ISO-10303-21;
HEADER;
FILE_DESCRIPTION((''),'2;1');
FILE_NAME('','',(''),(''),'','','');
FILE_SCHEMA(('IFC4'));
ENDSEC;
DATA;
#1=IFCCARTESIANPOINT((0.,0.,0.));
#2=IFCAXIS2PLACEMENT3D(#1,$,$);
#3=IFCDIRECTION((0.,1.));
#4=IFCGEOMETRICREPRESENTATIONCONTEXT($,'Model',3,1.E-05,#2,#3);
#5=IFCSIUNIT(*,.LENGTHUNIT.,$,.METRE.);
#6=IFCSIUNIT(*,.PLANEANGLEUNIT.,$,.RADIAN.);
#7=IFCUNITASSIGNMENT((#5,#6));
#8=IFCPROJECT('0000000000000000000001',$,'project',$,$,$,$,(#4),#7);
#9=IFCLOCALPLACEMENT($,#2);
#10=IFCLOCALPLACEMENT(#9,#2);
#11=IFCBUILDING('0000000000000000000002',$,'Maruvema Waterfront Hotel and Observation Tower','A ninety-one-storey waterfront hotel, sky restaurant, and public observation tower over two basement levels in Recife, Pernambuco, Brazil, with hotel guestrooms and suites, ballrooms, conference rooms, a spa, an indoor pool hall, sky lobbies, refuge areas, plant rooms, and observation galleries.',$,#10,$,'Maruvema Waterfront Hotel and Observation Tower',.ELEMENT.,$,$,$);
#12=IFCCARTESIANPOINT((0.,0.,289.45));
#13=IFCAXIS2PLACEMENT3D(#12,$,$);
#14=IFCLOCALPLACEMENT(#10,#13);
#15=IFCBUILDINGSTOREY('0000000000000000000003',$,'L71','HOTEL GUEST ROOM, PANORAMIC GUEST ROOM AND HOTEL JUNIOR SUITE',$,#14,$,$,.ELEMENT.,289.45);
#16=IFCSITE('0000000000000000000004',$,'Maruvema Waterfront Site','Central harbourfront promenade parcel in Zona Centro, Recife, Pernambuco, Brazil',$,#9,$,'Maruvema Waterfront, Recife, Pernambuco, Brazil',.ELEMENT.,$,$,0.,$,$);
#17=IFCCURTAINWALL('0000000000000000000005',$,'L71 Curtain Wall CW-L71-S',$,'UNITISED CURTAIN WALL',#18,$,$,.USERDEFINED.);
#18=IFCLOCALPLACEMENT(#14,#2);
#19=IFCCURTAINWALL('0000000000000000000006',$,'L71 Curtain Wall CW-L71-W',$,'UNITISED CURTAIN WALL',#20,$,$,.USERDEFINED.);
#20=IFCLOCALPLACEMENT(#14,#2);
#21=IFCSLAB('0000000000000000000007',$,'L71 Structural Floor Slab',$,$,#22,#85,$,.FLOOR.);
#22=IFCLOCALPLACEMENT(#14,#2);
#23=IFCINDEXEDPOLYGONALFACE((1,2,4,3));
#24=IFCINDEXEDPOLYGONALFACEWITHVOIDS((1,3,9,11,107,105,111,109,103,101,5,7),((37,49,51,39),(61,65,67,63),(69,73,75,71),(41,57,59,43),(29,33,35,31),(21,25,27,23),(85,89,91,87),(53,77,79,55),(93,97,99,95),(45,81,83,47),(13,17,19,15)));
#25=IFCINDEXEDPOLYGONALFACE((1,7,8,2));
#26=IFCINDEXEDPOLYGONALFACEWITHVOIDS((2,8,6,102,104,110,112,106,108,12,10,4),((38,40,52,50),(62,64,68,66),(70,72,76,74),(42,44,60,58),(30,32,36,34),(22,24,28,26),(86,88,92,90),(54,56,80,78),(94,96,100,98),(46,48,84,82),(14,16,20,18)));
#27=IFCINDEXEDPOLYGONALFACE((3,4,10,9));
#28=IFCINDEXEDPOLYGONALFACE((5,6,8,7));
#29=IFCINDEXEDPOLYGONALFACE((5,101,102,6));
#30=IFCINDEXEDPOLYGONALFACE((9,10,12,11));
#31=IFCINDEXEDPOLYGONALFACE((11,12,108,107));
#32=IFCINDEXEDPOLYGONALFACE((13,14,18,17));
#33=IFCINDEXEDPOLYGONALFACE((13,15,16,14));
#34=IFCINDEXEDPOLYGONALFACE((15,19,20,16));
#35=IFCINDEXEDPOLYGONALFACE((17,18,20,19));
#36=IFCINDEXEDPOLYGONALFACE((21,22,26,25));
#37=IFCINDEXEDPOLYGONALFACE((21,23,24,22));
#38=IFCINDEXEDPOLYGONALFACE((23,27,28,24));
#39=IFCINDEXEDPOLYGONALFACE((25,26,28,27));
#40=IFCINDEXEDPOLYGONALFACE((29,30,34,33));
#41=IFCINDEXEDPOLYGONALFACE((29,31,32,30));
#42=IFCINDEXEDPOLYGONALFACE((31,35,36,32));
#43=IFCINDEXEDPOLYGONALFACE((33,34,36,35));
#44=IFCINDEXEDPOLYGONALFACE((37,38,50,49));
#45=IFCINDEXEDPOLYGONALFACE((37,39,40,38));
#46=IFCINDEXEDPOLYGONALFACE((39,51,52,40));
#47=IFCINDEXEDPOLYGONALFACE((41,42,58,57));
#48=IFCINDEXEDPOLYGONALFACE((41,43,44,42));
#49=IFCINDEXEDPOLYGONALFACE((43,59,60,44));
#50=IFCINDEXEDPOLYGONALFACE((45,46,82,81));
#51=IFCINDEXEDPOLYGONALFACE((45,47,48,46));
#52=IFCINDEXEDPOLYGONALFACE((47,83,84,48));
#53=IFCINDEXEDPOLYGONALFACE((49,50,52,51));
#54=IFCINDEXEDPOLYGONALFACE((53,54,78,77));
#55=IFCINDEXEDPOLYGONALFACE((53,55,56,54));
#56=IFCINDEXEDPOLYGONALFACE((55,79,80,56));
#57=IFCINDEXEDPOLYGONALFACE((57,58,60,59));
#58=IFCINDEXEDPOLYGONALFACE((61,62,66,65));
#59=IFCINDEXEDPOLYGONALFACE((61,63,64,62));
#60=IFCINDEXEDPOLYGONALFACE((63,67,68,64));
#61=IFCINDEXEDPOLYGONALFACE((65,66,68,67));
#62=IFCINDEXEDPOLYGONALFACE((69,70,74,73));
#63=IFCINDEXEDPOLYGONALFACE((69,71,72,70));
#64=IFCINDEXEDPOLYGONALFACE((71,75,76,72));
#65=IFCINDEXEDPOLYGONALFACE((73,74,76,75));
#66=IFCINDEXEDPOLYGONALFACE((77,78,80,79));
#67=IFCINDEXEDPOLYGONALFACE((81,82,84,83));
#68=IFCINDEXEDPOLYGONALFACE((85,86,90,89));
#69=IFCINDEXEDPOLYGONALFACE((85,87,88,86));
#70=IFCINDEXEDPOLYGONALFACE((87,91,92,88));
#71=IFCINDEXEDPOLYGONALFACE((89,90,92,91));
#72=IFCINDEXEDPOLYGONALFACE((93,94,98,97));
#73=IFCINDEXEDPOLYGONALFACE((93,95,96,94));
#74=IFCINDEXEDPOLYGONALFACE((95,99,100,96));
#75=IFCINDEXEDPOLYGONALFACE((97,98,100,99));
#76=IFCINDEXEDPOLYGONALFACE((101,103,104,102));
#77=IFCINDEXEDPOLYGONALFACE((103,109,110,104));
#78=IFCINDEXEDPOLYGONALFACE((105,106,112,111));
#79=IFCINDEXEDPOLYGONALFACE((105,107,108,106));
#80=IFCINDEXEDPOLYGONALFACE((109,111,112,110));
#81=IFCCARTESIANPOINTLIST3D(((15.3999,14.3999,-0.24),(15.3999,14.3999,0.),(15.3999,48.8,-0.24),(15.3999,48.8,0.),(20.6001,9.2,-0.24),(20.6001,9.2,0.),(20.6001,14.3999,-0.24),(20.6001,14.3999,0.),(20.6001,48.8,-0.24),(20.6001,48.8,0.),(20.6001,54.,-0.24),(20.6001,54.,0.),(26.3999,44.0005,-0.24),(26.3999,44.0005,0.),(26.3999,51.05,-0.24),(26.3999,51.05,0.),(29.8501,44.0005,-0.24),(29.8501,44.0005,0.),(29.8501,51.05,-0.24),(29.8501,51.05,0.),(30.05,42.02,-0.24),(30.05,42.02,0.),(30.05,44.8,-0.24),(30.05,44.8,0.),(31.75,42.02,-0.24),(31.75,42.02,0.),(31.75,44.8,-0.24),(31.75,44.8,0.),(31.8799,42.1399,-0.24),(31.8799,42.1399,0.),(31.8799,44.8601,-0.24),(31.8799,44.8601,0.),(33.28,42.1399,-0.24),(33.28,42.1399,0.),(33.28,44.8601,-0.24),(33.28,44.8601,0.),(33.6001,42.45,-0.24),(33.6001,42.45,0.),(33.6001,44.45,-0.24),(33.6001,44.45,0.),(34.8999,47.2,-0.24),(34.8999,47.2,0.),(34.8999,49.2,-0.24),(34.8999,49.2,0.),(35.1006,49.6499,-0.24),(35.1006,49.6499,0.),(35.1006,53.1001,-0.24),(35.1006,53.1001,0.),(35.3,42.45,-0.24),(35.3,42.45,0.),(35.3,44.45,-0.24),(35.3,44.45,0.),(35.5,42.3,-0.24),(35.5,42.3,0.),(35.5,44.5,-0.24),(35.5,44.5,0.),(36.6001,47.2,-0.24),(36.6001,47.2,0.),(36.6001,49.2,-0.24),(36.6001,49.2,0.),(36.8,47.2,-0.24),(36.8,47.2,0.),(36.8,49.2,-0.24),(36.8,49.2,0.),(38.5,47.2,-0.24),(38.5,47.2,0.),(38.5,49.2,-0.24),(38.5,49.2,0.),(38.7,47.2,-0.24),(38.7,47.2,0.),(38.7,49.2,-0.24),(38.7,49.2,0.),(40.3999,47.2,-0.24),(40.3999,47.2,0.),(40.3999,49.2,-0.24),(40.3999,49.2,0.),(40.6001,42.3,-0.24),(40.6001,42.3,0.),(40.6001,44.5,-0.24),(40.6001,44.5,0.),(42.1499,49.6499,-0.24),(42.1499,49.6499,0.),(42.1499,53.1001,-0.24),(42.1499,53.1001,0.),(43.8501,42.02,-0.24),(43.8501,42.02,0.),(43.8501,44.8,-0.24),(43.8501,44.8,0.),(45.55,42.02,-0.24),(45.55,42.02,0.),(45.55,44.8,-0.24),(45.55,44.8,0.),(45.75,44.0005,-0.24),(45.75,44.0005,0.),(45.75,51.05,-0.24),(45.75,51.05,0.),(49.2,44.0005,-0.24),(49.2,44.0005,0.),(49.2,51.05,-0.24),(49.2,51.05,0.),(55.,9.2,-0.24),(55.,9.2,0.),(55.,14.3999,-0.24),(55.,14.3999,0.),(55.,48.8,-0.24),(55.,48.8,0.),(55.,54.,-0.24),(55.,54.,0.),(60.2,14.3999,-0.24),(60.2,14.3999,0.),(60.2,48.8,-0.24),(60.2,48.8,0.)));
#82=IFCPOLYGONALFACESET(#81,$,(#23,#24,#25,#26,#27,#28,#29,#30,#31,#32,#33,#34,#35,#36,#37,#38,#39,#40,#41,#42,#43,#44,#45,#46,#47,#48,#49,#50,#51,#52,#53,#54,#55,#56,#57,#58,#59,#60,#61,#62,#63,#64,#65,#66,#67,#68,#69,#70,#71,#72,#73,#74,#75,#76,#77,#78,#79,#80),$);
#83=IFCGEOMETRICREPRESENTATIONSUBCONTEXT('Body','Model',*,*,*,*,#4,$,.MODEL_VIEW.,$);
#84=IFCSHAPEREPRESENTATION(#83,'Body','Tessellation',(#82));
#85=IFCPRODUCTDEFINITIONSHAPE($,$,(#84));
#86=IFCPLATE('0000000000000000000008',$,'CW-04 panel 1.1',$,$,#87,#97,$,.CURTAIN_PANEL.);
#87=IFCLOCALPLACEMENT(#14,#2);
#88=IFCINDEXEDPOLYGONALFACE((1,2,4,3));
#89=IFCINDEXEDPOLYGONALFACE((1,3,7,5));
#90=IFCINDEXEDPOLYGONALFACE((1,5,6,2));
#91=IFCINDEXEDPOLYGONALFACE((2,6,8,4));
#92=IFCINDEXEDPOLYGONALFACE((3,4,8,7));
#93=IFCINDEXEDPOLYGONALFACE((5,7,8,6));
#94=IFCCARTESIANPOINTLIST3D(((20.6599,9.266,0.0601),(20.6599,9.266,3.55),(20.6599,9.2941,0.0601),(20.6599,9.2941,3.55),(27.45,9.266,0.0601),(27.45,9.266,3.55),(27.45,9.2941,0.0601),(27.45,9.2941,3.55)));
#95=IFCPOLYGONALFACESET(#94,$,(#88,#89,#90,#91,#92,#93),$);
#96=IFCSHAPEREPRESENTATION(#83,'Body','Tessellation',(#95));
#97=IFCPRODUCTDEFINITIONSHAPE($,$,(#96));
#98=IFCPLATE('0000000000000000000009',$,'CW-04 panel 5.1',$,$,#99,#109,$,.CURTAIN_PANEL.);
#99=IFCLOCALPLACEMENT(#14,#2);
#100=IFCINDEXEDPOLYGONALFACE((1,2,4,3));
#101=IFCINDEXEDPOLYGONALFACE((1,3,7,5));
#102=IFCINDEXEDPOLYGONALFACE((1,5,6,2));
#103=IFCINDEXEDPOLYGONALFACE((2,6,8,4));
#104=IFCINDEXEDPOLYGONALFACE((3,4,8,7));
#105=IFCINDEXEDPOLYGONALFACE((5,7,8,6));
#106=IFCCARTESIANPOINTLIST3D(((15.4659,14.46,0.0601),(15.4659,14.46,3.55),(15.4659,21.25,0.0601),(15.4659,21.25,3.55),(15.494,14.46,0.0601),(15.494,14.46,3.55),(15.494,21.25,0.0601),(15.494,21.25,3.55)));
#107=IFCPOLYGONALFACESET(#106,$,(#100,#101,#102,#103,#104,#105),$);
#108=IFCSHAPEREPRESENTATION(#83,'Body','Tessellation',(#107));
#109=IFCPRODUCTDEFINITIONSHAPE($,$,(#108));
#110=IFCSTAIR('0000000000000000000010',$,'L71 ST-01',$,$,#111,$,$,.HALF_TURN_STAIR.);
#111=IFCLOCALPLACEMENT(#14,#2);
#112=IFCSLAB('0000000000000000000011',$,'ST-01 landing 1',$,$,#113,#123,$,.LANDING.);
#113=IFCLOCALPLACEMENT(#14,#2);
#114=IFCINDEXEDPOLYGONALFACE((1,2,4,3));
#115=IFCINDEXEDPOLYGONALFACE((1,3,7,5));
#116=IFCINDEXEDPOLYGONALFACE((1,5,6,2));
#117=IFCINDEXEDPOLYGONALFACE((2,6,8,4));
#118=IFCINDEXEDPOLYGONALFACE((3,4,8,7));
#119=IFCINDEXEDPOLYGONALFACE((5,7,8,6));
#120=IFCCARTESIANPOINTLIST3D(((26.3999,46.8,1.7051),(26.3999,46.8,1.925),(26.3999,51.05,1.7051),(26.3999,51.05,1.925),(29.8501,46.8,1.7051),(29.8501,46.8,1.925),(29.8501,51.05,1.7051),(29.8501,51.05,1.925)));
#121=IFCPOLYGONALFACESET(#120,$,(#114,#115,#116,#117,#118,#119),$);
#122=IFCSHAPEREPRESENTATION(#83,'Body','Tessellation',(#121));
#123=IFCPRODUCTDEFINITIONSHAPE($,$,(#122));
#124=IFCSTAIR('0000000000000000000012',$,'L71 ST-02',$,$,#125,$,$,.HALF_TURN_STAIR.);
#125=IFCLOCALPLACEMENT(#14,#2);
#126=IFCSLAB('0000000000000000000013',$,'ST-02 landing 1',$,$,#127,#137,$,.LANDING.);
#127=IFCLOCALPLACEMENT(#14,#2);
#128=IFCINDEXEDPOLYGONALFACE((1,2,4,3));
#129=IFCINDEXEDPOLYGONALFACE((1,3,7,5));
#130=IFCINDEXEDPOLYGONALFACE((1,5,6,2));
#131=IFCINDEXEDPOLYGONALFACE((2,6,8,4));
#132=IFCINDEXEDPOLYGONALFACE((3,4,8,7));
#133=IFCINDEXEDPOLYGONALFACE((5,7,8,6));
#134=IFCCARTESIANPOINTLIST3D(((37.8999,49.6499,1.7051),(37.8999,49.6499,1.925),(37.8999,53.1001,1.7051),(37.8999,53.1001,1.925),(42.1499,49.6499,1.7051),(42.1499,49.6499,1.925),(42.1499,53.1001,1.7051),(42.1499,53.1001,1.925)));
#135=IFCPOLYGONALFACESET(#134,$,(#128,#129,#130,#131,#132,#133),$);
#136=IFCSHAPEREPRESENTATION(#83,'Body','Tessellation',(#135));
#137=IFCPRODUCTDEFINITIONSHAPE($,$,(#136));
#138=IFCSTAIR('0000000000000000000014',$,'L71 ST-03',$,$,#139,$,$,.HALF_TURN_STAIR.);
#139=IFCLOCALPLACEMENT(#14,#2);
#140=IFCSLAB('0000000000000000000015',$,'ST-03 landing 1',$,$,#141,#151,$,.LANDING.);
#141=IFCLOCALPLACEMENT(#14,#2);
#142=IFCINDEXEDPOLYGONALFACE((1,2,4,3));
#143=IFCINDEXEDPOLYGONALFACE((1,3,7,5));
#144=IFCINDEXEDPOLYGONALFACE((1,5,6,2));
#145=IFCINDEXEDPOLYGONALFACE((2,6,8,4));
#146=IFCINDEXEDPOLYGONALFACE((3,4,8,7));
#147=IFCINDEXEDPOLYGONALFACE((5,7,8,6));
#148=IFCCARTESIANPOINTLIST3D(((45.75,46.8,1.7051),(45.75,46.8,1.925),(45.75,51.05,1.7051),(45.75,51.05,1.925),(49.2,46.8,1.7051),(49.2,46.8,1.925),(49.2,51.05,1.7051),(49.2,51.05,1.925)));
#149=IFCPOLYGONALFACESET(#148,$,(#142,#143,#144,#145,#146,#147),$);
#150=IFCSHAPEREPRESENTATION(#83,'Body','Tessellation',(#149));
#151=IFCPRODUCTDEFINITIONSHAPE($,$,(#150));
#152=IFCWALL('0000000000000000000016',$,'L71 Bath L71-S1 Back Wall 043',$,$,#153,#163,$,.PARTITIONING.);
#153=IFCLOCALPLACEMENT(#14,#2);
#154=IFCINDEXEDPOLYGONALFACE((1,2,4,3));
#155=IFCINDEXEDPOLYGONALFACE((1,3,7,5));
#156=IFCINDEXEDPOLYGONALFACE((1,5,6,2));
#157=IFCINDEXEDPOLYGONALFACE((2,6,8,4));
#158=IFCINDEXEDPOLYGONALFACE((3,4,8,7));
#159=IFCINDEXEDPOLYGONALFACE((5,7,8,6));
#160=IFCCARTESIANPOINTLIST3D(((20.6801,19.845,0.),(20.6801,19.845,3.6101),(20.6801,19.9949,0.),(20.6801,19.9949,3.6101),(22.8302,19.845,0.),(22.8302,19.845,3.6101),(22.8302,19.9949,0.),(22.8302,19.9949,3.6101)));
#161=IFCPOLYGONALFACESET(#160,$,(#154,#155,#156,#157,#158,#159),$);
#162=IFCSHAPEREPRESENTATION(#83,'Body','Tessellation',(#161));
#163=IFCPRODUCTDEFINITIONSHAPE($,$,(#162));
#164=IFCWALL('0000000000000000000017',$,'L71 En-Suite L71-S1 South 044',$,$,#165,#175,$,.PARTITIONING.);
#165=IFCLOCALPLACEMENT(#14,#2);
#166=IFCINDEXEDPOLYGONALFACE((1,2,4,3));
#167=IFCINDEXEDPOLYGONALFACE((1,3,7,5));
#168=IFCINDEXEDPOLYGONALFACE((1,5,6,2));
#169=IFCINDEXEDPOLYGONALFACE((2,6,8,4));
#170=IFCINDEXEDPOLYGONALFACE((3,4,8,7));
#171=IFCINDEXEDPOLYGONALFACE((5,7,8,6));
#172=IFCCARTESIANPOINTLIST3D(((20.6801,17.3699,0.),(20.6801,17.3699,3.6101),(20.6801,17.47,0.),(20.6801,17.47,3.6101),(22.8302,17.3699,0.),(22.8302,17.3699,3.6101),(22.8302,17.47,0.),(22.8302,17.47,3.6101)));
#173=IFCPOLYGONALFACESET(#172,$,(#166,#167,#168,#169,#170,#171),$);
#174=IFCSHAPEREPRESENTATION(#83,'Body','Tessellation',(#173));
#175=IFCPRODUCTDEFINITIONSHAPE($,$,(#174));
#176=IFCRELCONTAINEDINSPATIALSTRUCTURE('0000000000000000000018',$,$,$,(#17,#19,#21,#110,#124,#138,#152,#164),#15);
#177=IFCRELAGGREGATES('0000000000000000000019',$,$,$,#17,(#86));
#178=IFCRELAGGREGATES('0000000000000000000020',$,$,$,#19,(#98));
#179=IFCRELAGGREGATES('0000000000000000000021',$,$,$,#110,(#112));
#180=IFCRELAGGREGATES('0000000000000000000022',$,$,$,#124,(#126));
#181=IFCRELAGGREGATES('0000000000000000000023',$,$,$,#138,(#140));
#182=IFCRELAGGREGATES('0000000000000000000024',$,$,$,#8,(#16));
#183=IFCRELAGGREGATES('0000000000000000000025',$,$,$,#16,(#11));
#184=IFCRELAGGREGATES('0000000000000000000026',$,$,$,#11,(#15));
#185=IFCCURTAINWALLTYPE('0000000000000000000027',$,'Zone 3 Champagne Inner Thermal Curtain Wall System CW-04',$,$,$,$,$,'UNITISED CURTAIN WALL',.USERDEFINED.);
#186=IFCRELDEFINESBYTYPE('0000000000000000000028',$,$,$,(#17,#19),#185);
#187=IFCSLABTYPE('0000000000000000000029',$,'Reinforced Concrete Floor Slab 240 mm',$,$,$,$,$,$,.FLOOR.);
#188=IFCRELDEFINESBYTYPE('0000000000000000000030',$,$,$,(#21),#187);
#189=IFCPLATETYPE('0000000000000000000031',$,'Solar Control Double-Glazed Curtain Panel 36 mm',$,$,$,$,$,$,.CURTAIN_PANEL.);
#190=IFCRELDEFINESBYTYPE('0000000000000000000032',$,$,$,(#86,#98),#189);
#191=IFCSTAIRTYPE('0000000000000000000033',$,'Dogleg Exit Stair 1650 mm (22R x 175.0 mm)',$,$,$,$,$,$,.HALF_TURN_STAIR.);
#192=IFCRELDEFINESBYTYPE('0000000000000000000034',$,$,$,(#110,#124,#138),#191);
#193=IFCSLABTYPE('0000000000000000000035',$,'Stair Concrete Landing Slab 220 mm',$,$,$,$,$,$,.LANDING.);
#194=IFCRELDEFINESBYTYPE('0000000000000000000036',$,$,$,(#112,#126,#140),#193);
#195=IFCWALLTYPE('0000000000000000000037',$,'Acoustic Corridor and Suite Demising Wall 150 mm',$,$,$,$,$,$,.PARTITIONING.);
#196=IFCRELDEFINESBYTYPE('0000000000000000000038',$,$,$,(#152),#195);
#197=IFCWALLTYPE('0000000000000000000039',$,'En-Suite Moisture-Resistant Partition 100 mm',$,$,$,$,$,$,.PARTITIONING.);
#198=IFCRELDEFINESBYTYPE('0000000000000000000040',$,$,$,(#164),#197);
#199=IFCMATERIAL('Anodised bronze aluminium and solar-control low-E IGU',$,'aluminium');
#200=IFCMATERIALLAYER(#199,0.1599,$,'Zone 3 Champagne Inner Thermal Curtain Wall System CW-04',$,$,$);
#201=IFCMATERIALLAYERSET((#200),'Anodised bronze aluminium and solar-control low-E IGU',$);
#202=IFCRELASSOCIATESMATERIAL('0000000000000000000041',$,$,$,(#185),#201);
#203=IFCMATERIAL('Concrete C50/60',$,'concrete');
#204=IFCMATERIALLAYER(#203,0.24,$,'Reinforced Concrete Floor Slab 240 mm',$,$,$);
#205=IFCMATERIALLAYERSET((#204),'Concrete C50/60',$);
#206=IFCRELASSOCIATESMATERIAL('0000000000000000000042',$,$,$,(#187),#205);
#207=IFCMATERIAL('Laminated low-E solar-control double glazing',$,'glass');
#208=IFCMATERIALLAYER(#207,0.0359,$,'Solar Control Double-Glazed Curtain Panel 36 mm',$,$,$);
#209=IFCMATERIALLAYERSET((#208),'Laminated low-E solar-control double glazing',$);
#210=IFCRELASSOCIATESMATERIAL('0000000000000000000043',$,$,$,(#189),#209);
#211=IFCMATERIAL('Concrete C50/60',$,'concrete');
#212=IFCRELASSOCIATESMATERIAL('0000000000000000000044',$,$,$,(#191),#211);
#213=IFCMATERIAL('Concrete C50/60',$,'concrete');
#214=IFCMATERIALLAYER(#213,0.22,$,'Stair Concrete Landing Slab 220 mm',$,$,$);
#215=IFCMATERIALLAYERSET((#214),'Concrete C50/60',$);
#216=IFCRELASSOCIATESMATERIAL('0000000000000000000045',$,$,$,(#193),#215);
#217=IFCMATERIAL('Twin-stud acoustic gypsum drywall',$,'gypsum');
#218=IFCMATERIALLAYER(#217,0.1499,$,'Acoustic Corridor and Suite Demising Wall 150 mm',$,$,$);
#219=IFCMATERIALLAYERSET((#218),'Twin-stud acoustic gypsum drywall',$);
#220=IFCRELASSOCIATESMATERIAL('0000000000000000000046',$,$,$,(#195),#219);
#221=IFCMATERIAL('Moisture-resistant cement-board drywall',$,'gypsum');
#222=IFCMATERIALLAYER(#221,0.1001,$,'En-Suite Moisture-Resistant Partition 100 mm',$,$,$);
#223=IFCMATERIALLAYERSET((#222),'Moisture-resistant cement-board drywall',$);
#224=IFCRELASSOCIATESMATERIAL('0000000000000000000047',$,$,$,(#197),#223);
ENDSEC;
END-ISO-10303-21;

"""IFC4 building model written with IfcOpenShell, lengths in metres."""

from ifc_helpers import new_model, si_unit, direction, frame, frame_2d, origin, origin_2d, place, context, subcontext, project, spatial, polyline, rectangle, outline, extrude, material, layer, layer_set, type_object, element, aggregate, save


model = new_model("IFC4")

# Units and contexts
model_context = context("Model", 3, precision=1e-05, world=origin(), true_north=direction((0.0, 1.0)))
body_context = subcontext(model_context, "Body", "Model", "MODEL_VIEW")
ifc_project = project(units=[si_unit("LENGTHUNIT", "METRE"), si_unit("PLANEANGLEUNIT", "RADIAN")], contexts=[model_context])

# Site, building, storey
site_placement = place(None, origin())
site = spatial("IfcSite", under=ifc_project, at=site_placement, Name="Maruvema Waterfront Site", Description="Central harbourfront promenade parcel in Zona Centro, Recife, Pernambuco, Brazil", LongName="Maruvema Waterfront, Recife, Pernambuco, Brazil", CompositionType="ELEMENT", RefElevation=0.0)
building_placement = place(site_placement, origin())
building = spatial("IfcBuilding", under=site, at=building_placement, Name="Maruvema Waterfront Hotel and Observation Tower", Description="A ninety-one-storey waterfront hotel, sky restaurant, and public observation tower over two basement levels in Recife, Pernambuco, Brazil, with hotel guestrooms and suites, ballrooms, conference rooms, a spa, an indoor pool hall, sky lobbies, refuge areas, plant rooms, and observation galleries.", LongName="Maruvema Waterfront Hotel and Observation Tower", CompositionType="ELEMENT")
storey_placement = place(building_placement, frame((0.0, 0.0, 289.45)))
storey = spatial("IfcBuildingStorey", under=building, at=storey_placement, Name="L71", Description="HOTEL GUEST ROOM, PANORAMIC GUEST ROOM AND HOTEL JUNIOR SUITE", CompositionType="ELEMENT", Elevation=289.45)

# Curtain wall
ifc_material_1 = material(Name="Anodised bronze aluminium and solar-control low-E IGU", Category="aluminium")
ifc_layer_1 = layer(ifc_material_1, 0.1599, Name="Zone 3 Champagne Inner Thermal Curtain Wall System CW-04")
ifc_layer_set_1 = layer_set([ifc_layer_1], Name="Anodised bronze aluminium and solar-control low-E IGU")
curtain_wall_type = type_object("IfcCurtainWallType", Name="Zone 3 Champagne Inner Thermal Curtain Wall System CW-04", ElementType="UNITISED CURTAIN WALL", PredefinedType="USERDEFINED", material=ifc_layer_set_1)
curtain_wall_1_placement = place(storey_placement, origin())
curtain_wall_1 = element("IfcCurtainWall", 1, at=curtain_wall_1_placement, inside=storey, type_object=curtain_wall_type, Name="L71 Curtain Wall CW-L71-S", ObjectType="UNITISED CURTAIN WALL", PredefinedType="USERDEFINED")

# Curtain wall
curtain_wall_2_placement = place(storey_placement, origin())
curtain_wall_2 = element("IfcCurtainWall", 2, at=curtain_wall_2_placement, inside=storey, type_object=curtain_wall_type, Name="L71 Curtain Wall CW-L71-W", ObjectType="UNITISED CURTAIN WALL", PredefinedType="USERDEFINED")

# Slab
ifc_material_2 = material(Name="Concrete C50/60", Category="concrete")
ifc_layer_2 = layer(ifc_material_2, 0.24, Name="Reinforced Concrete Floor Slab 240 mm")
ifc_layer_set_2 = layer_set([ifc_layer_2], Name="Concrete C50/60")
slab_type_1 = type_object("IfcSlabType", Name="Reinforced Concrete Floor Slab 240 mm", PredefinedType="FLOOR", material=ifc_layer_set_2)
slab_1_placement = place(storey_placement, frame((0.0, 0.0, -0.24)))
element("IfcSlab", 3, at=slab_1_placement, inside=storey, type_object=slab_type_1, Name="L71 Structural Floor Slab", PredefinedType="FLOOR", context=body_context, shape_type="SweptSolid", body=[
    extrude(outline(polyline([(20.6001, 9.2), (55.0, 9.2), (55.0, 14.3999), (60.2, 14.3999), (60.2, 48.8), (55.0, 48.8), (55.0, 54.0), (20.6001, 54.0), (20.6001, 48.8), (15.3999, 48.8), (15.3999, 14.3999), (20.6001, 14.3999), (20.6001, 9.2)]), holes=[polyline([(26.3999, 44.0005), (26.3999, 51.05), (29.8501, 51.05), (29.8501, 44.0005), (26.3999, 44.0005)]), polyline([(30.05, 44.8), (31.75, 44.8), (31.75, 42.02), (30.05, 42.02), (30.05, 44.8)]), polyline([(31.8799, 42.1399), (31.8799, 44.8601), (33.28, 44.8601), (33.28, 42.1399), (31.8799, 42.1399)]), polyline([(33.6001, 44.45), (35.3, 44.45), (35.3, 42.45), (33.6001, 42.45), (33.6001, 44.45)]), polyline([(34.8999, 49.2), (36.6001, 49.2), (36.6001, 47.2), (34.8999, 47.2), (34.8999, 49.2)]), polyline([(36.8, 47.2), (36.8, 49.2), (38.5, 49.2), (38.5, 47.2), (36.8, 47.2)]), polyline([(35.5, 42.3), (35.5, 44.5), (40.6001, 44.5), (40.6001, 42.3), (35.5, 42.3)]), polyline([(35.1006, 53.1001), (42.1499, 53.1001), (42.1499, 49.6499), (35.1006, 49.6499), (35.1006, 53.1001)]), polyline([(38.7, 49.2), (40.3999, 49.2), (40.3999, 47.2), (38.7, 47.2), (38.7, 49.2)]), polyline([(43.8501, 44.8), (45.55, 44.8), (45.55, 42.02), (43.8501, 42.02), (43.8501, 44.8)]), polyline([(45.75, 44.0005), (45.75, 51.05), (49.2, 51.05), (49.2, 44.0005), (45.75, 44.0005)])]), origin(), (0.0, 0.0, 1.0), 0.24),
])

# Plates
ifc_material_3 = material(Name="Laminated low-E solar-control double glazing", Category="glass")
ifc_layer_3 = layer(ifc_material_3, 0.0359, Name="Solar Control Double-Glazed Curtain Panel 36 mm")
ifc_layer_set_3 = layer_set([ifc_layer_3], Name="Laminated low-E solar-control double glazing")
plate_type = type_object("IfcPlateType", Name="Solar Control Double-Glazed Curtain Panel 36 mm", PredefinedType="CURTAIN_PANEL", material=ifc_layer_set_3)
plate_1_placement = place(storey_placement, frame((24.0549, 9.28, 0.0601), z_axis=(0.0, 0.0, 1.0), x_axis=(1.0, 0.0, 0.0)))
plate_1 = element("IfcPlate", 4, at=plate_1_placement, type_object=plate_type, Name="CW-04 panel 1.1", PredefinedType="CURTAIN_PANEL", context=body_context, shape_type="SweptSolid", body=[
    extrude(rectangle(XDim=6.79, YDim=0.0281, at=origin_2d()), origin(), (0.0, 0.0, 1.0), 3.49),
])
aggregate(curtain_wall_1, [plate_1])
plate_2_placement = place(storey_placement, frame((15.48, 17.855, 0.0601), z_axis=(0.0, 0.0, 1.0), x_axis=(0.0, -1.0, 0.0)))
plate_2 = element("IfcPlate", 5, at=plate_2_placement, type_object=plate_type, Name="CW-04 panel 5.1", PredefinedType="CURTAIN_PANEL", context=body_context, shape_type="SweptSolid", body=[
    extrude(rectangle(XDim=6.79, YDim=0.0281, at=origin_2d()), origin(), (0.0, 0.0, 1.0), 3.49),
])
aggregate(curtain_wall_2, [plate_2])

# Stairs, slabs
ifc_material_4 = material(Name="Concrete C50/60", Category="concrete")
stair_type = type_object("IfcStairType", Name="Dogleg Exit Stair 1650 mm (22R x 175.0 mm)", PredefinedType="HALF_TURN_STAIR", material=ifc_material_4)
stair_1_placement = place(storey_placement, origin())
stair_1 = element("IfcStair", 6, at=stair_1_placement, inside=storey, type_object=stair_type, Name="L71 ST-01", PredefinedType="HALF_TURN_STAIR")
ifc_material_5 = material(Name="Concrete C50/60", Category="concrete")
ifc_layer_4 = layer(ifc_material_5, 0.22, Name="Stair Concrete Landing Slab 220 mm")
ifc_layer_set_4 = layer_set([ifc_layer_4], Name="Concrete C50/60")
slab_type_2 = type_object("IfcSlabType", Name="Stair Concrete Landing Slab 220 mm", PredefinedType="LANDING", material=ifc_layer_set_4)
slab_2_placement = place(storey_placement, frame((0.0, 0.0, 1.7051)))
slab_2 = element("IfcSlab", 7, at=slab_2_placement, type_object=slab_type_2, Name="ST-01 landing 1", PredefinedType="LANDING", context=body_context, shape_type="SweptSolid", body=[
    extrude(outline(polyline([(29.8501, 46.8), (29.8501, 51.05), (26.3999, 51.05), (26.3999, 46.8), (29.8501, 46.8)])), origin(), (0.0, 0.0, 1.0), 0.22),
])
aggregate(stair_1, [slab_2])
stair_2_placement = place(storey_placement, origin())
stair_2 = element("IfcStair", 8, at=stair_2_placement, inside=storey, type_object=stair_type, Name="L71 ST-02", PredefinedType="HALF_TURN_STAIR")
slab_3_placement = place(storey_placement, frame((0.0, 0.0, 1.7051)))
slab_3 = element("IfcSlab", 9, at=slab_3_placement, type_object=slab_type_2, Name="ST-02 landing 1", PredefinedType="LANDING", context=body_context, shape_type="SweptSolid", body=[
    extrude(outline(polyline([(37.8999, 49.6499), (42.1499, 49.6499), (42.1499, 53.1001), (37.8999, 53.1001), (37.8999, 49.6499)])), origin(), (0.0, 0.0, 1.0), 0.22),
])
aggregate(stair_2, [slab_3])
stair_3_placement = place(storey_placement, origin())
stair_3 = element("IfcStair", 10, at=stair_3_placement, inside=storey, type_object=stair_type, Name="L71 ST-03", PredefinedType="HALF_TURN_STAIR")
slab_4_placement = place(storey_placement, frame((0.0, 0.0, 1.7051)))
slab_4 = element("IfcSlab", 11, at=slab_4_placement, type_object=slab_type_2, Name="ST-03 landing 1", PredefinedType="LANDING", context=body_context, shape_type="SweptSolid", body=[
    extrude(outline(polyline([(49.2, 46.8), (49.2, 51.05), (45.75, 51.05), (45.75, 46.8), (49.2, 46.8)])), origin(), (0.0, 0.0, 1.0), 0.22),
])
aggregate(stair_3, [slab_4])

# Walls
ifc_material_6 = material(Name="Twin-stud acoustic gypsum drywall", Category="gypsum")
ifc_layer_5 = layer(ifc_material_6, 0.1499, Name="Acoustic Corridor and Suite Demising Wall 150 mm")
ifc_layer_set_5 = layer_set([ifc_layer_5], Name="Twin-stud acoustic gypsum drywall")
wall_type_1 = type_object("IfcWallType", Name="Acoustic Corridor and Suite Demising Wall 150 mm", PredefinedType="PARTITIONING", material=ifc_layer_set_5)
wall_1_placement = place(storey_placement, frame((20.6799, 19.9199, 0.0), z_axis=(0.0, 0.0, 1.0), x_axis=(1.0, 0.0, 0.0)))
element("IfcWall", 12, at=wall_1_placement, inside=storey, type_object=wall_type_1, Name="L71 Bath L71-S1 Back Wall 043", PredefinedType="PARTITIONING", context=body_context, shape_type="SweptSolid", body=[
    extrude(rectangle(XDim=2.1501, YDim=0.1499, at=frame_2d((1.0752, 0.0))), origin(), (0.0, 0.0, 1.0), 3.6101),
])
ifc_material_7 = material(Name="Moisture-resistant cement-board drywall", Category="gypsum")
ifc_layer_6 = layer(ifc_material_7, 0.1001, Name="En-Suite Moisture-Resistant Partition 100 mm")
ifc_layer_set_6 = layer_set([ifc_layer_6], Name="Moisture-resistant cement-board drywall")
wall_type_2 = type_object("IfcWallType", Name="En-Suite Moisture-Resistant Partition 100 mm", PredefinedType="PARTITIONING", material=ifc_layer_set_6)
wall_2_placement = place(storey_placement, frame((20.6799, 17.4199, 0.0), z_axis=(0.0, 0.0, 1.0), x_axis=(1.0, 0.0, 0.0)))
element("IfcWall", 13, at=wall_2_placement, inside=storey, type_object=wall_type_2, Name="L71 En-Suite L71-S1 South 044", PredefinedType="PARTITIONING", context=body_context, shape_type="SweptSolid", body=[
    extrude(rectangle(XDim=2.1501, YDim=0.1001, at=frame_2d((1.0752, 0.0))), origin(), (0.0, 0.0, 1.0), 3.6101),
])

save(model, "model.ifc")
